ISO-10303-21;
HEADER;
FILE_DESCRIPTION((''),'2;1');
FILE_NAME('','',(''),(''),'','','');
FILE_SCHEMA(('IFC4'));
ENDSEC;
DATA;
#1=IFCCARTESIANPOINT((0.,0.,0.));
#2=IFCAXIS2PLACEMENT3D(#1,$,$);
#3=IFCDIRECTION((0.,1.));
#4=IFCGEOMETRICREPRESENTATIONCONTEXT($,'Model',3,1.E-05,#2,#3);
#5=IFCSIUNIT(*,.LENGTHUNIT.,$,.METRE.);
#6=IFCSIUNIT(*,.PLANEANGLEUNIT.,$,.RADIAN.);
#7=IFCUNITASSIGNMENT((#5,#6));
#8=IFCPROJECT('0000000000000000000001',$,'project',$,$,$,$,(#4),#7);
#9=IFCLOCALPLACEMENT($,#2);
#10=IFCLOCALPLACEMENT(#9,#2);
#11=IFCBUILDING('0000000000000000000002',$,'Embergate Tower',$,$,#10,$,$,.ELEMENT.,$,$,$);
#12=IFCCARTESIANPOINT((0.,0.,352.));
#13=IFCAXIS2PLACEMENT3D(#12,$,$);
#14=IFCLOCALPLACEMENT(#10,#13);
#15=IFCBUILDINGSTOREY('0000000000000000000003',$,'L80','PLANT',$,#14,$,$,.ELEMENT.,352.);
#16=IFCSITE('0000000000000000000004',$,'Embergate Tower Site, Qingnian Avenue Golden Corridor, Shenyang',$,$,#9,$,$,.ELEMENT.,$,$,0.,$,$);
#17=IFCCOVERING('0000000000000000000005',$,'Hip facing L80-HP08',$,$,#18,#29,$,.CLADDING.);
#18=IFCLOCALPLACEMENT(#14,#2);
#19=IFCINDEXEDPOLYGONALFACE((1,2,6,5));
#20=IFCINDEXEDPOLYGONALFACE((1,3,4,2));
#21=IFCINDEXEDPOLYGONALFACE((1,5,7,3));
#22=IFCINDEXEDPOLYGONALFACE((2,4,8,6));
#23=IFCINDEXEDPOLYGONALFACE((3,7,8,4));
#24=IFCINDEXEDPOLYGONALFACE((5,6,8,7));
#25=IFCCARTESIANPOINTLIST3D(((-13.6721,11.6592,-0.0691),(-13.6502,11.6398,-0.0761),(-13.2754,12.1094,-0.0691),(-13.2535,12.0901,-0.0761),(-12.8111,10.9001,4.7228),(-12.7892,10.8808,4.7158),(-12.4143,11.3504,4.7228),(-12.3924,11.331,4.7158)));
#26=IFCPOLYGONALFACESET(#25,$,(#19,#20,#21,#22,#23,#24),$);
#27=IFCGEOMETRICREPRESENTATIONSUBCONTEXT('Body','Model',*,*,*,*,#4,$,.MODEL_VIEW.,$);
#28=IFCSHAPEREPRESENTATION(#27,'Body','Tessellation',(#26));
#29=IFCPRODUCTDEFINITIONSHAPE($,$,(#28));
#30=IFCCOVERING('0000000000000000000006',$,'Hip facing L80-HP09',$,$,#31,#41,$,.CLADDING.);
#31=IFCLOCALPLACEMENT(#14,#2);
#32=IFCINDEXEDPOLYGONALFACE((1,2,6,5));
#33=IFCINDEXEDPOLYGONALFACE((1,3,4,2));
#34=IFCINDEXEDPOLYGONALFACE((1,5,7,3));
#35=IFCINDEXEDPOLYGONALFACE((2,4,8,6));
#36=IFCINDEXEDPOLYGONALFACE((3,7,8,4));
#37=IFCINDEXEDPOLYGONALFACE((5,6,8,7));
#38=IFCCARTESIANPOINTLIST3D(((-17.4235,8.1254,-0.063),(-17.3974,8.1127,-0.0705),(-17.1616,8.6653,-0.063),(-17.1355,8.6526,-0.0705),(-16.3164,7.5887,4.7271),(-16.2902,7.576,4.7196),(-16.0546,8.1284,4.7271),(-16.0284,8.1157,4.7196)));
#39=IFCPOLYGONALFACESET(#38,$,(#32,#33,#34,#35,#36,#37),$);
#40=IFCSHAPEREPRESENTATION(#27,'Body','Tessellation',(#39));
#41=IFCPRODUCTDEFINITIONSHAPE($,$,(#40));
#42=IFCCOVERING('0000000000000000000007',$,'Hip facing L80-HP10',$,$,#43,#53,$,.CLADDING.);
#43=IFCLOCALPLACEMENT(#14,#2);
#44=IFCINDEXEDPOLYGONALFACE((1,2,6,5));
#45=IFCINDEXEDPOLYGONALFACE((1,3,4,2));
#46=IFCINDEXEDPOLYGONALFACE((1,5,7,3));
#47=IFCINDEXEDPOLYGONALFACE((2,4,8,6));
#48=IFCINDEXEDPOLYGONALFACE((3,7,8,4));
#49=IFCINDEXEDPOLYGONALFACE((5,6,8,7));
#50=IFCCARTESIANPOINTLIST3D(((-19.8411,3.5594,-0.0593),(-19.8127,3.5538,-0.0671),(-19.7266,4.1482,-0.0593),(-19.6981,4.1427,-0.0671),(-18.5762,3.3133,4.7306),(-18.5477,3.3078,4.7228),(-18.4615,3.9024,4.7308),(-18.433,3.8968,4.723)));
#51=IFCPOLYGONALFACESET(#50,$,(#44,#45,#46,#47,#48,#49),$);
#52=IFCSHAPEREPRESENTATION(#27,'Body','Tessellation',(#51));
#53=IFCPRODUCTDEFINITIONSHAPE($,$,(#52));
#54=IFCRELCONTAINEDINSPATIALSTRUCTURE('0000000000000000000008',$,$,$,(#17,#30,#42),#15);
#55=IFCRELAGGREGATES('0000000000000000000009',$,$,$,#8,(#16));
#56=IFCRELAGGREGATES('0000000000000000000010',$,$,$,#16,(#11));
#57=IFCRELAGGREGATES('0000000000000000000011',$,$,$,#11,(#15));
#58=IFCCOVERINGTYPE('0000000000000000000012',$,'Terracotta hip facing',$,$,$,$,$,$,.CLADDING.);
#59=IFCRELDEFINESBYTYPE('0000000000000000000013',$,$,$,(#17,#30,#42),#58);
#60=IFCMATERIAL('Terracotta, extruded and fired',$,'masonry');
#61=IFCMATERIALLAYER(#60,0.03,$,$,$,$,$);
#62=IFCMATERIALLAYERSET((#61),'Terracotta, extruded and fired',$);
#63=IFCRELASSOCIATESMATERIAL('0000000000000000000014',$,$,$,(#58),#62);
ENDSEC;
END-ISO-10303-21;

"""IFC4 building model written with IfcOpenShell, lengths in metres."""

from ifc_helpers import new_model, si_unit, direction, frame, origin, place, context, subcontext, project, spatial, polyline, outline, extrude, source, transform, mapped, material, layer, layer_set, type_object, element, save


model = new_model("IFC4")

# Units and contexts
model_context = context("Model", 3, precision=1e-05, world=origin(), true_north=direction((0.0, 1.0)))
body_context = subcontext(model_context, "Body", "Model", "MODEL_VIEW")
ifc_project = project(units=[si_unit("LENGTHUNIT", "METRE"), si_unit("PLANEANGLEUNIT", "RADIAN")], contexts=[model_context])

# Site, building, storey
site_placement = place(None, origin())
site = spatial("IfcSite", under=ifc_project, at=site_placement, Name="Embergate Tower Site, Qingnian Avenue Golden Corridor, Shenyang", CompositionType="ELEMENT", RefElevation=0.0)
building_placement = place(site_placement, origin())
building = spatial("IfcBuilding", under=site, at=building_placement, Name="Embergate Tower", CompositionType="ELEMENT")
storey_placement = place(building_placement, frame((0.0, 0.0, 352.0)))
storey = spatial("IfcBuildingStorey", under=building, at=storey_placement, Name="L80", Description="PLANT", CompositionType="ELEMENT", Elevation=352.0)

# Coverings
ifc_material_1 = material(Name="Terracotta, extruded and fired", Category="masonry")
ifc_layer_1 = layer(ifc_material_1, 0.03)
ifc_layer_set_1 = layer_set([ifc_layer_1], Name="Terracotta, extruded and fired")
covering_type_1 = type_object("IfcCoveringType", Name="Terracotta hip facing", PredefinedType="CLADDING", material=ifc_layer_set_1)
shared_shape_1 = source(origin(), body_context, "Body", "SweptSolid", [
    extrude(outline(polyline([(0.0, 0.0), (4.9275, 0.0), (4.9275, -0.6001), (0.0, -0.6001), (0.0, 0.0)])), origin(), (0.0, 0.0, -1.0), 0.03),
])
covering_1_placement = place(storey_placement, frame((-13.2754, 12.1094, -0.0691), z_axis=(-0.729613, 0.642962, 0.232949), x_axis=(0.174749, -0.154039, 0.972489)))
element("IfcCovering", 1, at=covering_1_placement, inside=storey, type_object=covering_type_1, Name="Hip facing L80-HP08", PredefinedType="CLADDING", context=body_context, shape_type="MappedRepresentation", body=[
    mapped(shared_shape_1, transform((0.0, 0.0, 0.0))),
])
shared_shape_2 = source(origin(), body_context, "Body", "SweptSolid", [
    extrude(outline(polyline([(0.0, 0.0), (4.9456, 0.0), (4.9456, -0.5999), (0.0, -0.6001), (0.0, 0.0)])), origin(), (0.0, 0.0, -1.0), 0.03),
])
covering_2_placement = place(storey_placement, frame((-17.1616, 8.6653, -0.063), z_axis=(-0.871446, 0.422716, 0.248783), x_axis=(0.223845, -0.108565, 0.968559)))
element("IfcCovering", 2, at=covering_2_placement, inside=storey, type_object=covering_type_1, Name="Hip facing L80-HP09", PredefinedType="CLADDING", context=body_context, shape_type="MappedRepresentation", body=[
    mapped(shared_shape_2, transform((0.0, 0.0, 0.0))),
])
shared_shape_3 = source(origin(), body_context, "Body", "SweptSolid", [
    extrude(outline(polyline([(0.0, 0.0), (4.9604, 0.0), (4.9602, -0.6001), (0.0, -0.5999), (0.0, 0.0)])), origin(), (0.0, 0.0, -1.0), 0.03),
])
covering_3_placement = place(storey_placement, frame((-19.7266, 4.1482, -0.0593), z_axis=(-0.947879, 0.184468, 0.259801), x_axis=(0.25503, -0.049559, 0.965662)))
element("IfcCovering", 3, at=covering_3_placement, inside=storey, type_object=covering_type_1, Name="Hip facing L80-HP10", PredefinedType="CLADDING", context=body_context, shape_type="MappedRepresentation", body=[
    mapped(shared_shape_3, transform((0.0, 0.0, 0.0))),
])

save(model, "model.ifc")
